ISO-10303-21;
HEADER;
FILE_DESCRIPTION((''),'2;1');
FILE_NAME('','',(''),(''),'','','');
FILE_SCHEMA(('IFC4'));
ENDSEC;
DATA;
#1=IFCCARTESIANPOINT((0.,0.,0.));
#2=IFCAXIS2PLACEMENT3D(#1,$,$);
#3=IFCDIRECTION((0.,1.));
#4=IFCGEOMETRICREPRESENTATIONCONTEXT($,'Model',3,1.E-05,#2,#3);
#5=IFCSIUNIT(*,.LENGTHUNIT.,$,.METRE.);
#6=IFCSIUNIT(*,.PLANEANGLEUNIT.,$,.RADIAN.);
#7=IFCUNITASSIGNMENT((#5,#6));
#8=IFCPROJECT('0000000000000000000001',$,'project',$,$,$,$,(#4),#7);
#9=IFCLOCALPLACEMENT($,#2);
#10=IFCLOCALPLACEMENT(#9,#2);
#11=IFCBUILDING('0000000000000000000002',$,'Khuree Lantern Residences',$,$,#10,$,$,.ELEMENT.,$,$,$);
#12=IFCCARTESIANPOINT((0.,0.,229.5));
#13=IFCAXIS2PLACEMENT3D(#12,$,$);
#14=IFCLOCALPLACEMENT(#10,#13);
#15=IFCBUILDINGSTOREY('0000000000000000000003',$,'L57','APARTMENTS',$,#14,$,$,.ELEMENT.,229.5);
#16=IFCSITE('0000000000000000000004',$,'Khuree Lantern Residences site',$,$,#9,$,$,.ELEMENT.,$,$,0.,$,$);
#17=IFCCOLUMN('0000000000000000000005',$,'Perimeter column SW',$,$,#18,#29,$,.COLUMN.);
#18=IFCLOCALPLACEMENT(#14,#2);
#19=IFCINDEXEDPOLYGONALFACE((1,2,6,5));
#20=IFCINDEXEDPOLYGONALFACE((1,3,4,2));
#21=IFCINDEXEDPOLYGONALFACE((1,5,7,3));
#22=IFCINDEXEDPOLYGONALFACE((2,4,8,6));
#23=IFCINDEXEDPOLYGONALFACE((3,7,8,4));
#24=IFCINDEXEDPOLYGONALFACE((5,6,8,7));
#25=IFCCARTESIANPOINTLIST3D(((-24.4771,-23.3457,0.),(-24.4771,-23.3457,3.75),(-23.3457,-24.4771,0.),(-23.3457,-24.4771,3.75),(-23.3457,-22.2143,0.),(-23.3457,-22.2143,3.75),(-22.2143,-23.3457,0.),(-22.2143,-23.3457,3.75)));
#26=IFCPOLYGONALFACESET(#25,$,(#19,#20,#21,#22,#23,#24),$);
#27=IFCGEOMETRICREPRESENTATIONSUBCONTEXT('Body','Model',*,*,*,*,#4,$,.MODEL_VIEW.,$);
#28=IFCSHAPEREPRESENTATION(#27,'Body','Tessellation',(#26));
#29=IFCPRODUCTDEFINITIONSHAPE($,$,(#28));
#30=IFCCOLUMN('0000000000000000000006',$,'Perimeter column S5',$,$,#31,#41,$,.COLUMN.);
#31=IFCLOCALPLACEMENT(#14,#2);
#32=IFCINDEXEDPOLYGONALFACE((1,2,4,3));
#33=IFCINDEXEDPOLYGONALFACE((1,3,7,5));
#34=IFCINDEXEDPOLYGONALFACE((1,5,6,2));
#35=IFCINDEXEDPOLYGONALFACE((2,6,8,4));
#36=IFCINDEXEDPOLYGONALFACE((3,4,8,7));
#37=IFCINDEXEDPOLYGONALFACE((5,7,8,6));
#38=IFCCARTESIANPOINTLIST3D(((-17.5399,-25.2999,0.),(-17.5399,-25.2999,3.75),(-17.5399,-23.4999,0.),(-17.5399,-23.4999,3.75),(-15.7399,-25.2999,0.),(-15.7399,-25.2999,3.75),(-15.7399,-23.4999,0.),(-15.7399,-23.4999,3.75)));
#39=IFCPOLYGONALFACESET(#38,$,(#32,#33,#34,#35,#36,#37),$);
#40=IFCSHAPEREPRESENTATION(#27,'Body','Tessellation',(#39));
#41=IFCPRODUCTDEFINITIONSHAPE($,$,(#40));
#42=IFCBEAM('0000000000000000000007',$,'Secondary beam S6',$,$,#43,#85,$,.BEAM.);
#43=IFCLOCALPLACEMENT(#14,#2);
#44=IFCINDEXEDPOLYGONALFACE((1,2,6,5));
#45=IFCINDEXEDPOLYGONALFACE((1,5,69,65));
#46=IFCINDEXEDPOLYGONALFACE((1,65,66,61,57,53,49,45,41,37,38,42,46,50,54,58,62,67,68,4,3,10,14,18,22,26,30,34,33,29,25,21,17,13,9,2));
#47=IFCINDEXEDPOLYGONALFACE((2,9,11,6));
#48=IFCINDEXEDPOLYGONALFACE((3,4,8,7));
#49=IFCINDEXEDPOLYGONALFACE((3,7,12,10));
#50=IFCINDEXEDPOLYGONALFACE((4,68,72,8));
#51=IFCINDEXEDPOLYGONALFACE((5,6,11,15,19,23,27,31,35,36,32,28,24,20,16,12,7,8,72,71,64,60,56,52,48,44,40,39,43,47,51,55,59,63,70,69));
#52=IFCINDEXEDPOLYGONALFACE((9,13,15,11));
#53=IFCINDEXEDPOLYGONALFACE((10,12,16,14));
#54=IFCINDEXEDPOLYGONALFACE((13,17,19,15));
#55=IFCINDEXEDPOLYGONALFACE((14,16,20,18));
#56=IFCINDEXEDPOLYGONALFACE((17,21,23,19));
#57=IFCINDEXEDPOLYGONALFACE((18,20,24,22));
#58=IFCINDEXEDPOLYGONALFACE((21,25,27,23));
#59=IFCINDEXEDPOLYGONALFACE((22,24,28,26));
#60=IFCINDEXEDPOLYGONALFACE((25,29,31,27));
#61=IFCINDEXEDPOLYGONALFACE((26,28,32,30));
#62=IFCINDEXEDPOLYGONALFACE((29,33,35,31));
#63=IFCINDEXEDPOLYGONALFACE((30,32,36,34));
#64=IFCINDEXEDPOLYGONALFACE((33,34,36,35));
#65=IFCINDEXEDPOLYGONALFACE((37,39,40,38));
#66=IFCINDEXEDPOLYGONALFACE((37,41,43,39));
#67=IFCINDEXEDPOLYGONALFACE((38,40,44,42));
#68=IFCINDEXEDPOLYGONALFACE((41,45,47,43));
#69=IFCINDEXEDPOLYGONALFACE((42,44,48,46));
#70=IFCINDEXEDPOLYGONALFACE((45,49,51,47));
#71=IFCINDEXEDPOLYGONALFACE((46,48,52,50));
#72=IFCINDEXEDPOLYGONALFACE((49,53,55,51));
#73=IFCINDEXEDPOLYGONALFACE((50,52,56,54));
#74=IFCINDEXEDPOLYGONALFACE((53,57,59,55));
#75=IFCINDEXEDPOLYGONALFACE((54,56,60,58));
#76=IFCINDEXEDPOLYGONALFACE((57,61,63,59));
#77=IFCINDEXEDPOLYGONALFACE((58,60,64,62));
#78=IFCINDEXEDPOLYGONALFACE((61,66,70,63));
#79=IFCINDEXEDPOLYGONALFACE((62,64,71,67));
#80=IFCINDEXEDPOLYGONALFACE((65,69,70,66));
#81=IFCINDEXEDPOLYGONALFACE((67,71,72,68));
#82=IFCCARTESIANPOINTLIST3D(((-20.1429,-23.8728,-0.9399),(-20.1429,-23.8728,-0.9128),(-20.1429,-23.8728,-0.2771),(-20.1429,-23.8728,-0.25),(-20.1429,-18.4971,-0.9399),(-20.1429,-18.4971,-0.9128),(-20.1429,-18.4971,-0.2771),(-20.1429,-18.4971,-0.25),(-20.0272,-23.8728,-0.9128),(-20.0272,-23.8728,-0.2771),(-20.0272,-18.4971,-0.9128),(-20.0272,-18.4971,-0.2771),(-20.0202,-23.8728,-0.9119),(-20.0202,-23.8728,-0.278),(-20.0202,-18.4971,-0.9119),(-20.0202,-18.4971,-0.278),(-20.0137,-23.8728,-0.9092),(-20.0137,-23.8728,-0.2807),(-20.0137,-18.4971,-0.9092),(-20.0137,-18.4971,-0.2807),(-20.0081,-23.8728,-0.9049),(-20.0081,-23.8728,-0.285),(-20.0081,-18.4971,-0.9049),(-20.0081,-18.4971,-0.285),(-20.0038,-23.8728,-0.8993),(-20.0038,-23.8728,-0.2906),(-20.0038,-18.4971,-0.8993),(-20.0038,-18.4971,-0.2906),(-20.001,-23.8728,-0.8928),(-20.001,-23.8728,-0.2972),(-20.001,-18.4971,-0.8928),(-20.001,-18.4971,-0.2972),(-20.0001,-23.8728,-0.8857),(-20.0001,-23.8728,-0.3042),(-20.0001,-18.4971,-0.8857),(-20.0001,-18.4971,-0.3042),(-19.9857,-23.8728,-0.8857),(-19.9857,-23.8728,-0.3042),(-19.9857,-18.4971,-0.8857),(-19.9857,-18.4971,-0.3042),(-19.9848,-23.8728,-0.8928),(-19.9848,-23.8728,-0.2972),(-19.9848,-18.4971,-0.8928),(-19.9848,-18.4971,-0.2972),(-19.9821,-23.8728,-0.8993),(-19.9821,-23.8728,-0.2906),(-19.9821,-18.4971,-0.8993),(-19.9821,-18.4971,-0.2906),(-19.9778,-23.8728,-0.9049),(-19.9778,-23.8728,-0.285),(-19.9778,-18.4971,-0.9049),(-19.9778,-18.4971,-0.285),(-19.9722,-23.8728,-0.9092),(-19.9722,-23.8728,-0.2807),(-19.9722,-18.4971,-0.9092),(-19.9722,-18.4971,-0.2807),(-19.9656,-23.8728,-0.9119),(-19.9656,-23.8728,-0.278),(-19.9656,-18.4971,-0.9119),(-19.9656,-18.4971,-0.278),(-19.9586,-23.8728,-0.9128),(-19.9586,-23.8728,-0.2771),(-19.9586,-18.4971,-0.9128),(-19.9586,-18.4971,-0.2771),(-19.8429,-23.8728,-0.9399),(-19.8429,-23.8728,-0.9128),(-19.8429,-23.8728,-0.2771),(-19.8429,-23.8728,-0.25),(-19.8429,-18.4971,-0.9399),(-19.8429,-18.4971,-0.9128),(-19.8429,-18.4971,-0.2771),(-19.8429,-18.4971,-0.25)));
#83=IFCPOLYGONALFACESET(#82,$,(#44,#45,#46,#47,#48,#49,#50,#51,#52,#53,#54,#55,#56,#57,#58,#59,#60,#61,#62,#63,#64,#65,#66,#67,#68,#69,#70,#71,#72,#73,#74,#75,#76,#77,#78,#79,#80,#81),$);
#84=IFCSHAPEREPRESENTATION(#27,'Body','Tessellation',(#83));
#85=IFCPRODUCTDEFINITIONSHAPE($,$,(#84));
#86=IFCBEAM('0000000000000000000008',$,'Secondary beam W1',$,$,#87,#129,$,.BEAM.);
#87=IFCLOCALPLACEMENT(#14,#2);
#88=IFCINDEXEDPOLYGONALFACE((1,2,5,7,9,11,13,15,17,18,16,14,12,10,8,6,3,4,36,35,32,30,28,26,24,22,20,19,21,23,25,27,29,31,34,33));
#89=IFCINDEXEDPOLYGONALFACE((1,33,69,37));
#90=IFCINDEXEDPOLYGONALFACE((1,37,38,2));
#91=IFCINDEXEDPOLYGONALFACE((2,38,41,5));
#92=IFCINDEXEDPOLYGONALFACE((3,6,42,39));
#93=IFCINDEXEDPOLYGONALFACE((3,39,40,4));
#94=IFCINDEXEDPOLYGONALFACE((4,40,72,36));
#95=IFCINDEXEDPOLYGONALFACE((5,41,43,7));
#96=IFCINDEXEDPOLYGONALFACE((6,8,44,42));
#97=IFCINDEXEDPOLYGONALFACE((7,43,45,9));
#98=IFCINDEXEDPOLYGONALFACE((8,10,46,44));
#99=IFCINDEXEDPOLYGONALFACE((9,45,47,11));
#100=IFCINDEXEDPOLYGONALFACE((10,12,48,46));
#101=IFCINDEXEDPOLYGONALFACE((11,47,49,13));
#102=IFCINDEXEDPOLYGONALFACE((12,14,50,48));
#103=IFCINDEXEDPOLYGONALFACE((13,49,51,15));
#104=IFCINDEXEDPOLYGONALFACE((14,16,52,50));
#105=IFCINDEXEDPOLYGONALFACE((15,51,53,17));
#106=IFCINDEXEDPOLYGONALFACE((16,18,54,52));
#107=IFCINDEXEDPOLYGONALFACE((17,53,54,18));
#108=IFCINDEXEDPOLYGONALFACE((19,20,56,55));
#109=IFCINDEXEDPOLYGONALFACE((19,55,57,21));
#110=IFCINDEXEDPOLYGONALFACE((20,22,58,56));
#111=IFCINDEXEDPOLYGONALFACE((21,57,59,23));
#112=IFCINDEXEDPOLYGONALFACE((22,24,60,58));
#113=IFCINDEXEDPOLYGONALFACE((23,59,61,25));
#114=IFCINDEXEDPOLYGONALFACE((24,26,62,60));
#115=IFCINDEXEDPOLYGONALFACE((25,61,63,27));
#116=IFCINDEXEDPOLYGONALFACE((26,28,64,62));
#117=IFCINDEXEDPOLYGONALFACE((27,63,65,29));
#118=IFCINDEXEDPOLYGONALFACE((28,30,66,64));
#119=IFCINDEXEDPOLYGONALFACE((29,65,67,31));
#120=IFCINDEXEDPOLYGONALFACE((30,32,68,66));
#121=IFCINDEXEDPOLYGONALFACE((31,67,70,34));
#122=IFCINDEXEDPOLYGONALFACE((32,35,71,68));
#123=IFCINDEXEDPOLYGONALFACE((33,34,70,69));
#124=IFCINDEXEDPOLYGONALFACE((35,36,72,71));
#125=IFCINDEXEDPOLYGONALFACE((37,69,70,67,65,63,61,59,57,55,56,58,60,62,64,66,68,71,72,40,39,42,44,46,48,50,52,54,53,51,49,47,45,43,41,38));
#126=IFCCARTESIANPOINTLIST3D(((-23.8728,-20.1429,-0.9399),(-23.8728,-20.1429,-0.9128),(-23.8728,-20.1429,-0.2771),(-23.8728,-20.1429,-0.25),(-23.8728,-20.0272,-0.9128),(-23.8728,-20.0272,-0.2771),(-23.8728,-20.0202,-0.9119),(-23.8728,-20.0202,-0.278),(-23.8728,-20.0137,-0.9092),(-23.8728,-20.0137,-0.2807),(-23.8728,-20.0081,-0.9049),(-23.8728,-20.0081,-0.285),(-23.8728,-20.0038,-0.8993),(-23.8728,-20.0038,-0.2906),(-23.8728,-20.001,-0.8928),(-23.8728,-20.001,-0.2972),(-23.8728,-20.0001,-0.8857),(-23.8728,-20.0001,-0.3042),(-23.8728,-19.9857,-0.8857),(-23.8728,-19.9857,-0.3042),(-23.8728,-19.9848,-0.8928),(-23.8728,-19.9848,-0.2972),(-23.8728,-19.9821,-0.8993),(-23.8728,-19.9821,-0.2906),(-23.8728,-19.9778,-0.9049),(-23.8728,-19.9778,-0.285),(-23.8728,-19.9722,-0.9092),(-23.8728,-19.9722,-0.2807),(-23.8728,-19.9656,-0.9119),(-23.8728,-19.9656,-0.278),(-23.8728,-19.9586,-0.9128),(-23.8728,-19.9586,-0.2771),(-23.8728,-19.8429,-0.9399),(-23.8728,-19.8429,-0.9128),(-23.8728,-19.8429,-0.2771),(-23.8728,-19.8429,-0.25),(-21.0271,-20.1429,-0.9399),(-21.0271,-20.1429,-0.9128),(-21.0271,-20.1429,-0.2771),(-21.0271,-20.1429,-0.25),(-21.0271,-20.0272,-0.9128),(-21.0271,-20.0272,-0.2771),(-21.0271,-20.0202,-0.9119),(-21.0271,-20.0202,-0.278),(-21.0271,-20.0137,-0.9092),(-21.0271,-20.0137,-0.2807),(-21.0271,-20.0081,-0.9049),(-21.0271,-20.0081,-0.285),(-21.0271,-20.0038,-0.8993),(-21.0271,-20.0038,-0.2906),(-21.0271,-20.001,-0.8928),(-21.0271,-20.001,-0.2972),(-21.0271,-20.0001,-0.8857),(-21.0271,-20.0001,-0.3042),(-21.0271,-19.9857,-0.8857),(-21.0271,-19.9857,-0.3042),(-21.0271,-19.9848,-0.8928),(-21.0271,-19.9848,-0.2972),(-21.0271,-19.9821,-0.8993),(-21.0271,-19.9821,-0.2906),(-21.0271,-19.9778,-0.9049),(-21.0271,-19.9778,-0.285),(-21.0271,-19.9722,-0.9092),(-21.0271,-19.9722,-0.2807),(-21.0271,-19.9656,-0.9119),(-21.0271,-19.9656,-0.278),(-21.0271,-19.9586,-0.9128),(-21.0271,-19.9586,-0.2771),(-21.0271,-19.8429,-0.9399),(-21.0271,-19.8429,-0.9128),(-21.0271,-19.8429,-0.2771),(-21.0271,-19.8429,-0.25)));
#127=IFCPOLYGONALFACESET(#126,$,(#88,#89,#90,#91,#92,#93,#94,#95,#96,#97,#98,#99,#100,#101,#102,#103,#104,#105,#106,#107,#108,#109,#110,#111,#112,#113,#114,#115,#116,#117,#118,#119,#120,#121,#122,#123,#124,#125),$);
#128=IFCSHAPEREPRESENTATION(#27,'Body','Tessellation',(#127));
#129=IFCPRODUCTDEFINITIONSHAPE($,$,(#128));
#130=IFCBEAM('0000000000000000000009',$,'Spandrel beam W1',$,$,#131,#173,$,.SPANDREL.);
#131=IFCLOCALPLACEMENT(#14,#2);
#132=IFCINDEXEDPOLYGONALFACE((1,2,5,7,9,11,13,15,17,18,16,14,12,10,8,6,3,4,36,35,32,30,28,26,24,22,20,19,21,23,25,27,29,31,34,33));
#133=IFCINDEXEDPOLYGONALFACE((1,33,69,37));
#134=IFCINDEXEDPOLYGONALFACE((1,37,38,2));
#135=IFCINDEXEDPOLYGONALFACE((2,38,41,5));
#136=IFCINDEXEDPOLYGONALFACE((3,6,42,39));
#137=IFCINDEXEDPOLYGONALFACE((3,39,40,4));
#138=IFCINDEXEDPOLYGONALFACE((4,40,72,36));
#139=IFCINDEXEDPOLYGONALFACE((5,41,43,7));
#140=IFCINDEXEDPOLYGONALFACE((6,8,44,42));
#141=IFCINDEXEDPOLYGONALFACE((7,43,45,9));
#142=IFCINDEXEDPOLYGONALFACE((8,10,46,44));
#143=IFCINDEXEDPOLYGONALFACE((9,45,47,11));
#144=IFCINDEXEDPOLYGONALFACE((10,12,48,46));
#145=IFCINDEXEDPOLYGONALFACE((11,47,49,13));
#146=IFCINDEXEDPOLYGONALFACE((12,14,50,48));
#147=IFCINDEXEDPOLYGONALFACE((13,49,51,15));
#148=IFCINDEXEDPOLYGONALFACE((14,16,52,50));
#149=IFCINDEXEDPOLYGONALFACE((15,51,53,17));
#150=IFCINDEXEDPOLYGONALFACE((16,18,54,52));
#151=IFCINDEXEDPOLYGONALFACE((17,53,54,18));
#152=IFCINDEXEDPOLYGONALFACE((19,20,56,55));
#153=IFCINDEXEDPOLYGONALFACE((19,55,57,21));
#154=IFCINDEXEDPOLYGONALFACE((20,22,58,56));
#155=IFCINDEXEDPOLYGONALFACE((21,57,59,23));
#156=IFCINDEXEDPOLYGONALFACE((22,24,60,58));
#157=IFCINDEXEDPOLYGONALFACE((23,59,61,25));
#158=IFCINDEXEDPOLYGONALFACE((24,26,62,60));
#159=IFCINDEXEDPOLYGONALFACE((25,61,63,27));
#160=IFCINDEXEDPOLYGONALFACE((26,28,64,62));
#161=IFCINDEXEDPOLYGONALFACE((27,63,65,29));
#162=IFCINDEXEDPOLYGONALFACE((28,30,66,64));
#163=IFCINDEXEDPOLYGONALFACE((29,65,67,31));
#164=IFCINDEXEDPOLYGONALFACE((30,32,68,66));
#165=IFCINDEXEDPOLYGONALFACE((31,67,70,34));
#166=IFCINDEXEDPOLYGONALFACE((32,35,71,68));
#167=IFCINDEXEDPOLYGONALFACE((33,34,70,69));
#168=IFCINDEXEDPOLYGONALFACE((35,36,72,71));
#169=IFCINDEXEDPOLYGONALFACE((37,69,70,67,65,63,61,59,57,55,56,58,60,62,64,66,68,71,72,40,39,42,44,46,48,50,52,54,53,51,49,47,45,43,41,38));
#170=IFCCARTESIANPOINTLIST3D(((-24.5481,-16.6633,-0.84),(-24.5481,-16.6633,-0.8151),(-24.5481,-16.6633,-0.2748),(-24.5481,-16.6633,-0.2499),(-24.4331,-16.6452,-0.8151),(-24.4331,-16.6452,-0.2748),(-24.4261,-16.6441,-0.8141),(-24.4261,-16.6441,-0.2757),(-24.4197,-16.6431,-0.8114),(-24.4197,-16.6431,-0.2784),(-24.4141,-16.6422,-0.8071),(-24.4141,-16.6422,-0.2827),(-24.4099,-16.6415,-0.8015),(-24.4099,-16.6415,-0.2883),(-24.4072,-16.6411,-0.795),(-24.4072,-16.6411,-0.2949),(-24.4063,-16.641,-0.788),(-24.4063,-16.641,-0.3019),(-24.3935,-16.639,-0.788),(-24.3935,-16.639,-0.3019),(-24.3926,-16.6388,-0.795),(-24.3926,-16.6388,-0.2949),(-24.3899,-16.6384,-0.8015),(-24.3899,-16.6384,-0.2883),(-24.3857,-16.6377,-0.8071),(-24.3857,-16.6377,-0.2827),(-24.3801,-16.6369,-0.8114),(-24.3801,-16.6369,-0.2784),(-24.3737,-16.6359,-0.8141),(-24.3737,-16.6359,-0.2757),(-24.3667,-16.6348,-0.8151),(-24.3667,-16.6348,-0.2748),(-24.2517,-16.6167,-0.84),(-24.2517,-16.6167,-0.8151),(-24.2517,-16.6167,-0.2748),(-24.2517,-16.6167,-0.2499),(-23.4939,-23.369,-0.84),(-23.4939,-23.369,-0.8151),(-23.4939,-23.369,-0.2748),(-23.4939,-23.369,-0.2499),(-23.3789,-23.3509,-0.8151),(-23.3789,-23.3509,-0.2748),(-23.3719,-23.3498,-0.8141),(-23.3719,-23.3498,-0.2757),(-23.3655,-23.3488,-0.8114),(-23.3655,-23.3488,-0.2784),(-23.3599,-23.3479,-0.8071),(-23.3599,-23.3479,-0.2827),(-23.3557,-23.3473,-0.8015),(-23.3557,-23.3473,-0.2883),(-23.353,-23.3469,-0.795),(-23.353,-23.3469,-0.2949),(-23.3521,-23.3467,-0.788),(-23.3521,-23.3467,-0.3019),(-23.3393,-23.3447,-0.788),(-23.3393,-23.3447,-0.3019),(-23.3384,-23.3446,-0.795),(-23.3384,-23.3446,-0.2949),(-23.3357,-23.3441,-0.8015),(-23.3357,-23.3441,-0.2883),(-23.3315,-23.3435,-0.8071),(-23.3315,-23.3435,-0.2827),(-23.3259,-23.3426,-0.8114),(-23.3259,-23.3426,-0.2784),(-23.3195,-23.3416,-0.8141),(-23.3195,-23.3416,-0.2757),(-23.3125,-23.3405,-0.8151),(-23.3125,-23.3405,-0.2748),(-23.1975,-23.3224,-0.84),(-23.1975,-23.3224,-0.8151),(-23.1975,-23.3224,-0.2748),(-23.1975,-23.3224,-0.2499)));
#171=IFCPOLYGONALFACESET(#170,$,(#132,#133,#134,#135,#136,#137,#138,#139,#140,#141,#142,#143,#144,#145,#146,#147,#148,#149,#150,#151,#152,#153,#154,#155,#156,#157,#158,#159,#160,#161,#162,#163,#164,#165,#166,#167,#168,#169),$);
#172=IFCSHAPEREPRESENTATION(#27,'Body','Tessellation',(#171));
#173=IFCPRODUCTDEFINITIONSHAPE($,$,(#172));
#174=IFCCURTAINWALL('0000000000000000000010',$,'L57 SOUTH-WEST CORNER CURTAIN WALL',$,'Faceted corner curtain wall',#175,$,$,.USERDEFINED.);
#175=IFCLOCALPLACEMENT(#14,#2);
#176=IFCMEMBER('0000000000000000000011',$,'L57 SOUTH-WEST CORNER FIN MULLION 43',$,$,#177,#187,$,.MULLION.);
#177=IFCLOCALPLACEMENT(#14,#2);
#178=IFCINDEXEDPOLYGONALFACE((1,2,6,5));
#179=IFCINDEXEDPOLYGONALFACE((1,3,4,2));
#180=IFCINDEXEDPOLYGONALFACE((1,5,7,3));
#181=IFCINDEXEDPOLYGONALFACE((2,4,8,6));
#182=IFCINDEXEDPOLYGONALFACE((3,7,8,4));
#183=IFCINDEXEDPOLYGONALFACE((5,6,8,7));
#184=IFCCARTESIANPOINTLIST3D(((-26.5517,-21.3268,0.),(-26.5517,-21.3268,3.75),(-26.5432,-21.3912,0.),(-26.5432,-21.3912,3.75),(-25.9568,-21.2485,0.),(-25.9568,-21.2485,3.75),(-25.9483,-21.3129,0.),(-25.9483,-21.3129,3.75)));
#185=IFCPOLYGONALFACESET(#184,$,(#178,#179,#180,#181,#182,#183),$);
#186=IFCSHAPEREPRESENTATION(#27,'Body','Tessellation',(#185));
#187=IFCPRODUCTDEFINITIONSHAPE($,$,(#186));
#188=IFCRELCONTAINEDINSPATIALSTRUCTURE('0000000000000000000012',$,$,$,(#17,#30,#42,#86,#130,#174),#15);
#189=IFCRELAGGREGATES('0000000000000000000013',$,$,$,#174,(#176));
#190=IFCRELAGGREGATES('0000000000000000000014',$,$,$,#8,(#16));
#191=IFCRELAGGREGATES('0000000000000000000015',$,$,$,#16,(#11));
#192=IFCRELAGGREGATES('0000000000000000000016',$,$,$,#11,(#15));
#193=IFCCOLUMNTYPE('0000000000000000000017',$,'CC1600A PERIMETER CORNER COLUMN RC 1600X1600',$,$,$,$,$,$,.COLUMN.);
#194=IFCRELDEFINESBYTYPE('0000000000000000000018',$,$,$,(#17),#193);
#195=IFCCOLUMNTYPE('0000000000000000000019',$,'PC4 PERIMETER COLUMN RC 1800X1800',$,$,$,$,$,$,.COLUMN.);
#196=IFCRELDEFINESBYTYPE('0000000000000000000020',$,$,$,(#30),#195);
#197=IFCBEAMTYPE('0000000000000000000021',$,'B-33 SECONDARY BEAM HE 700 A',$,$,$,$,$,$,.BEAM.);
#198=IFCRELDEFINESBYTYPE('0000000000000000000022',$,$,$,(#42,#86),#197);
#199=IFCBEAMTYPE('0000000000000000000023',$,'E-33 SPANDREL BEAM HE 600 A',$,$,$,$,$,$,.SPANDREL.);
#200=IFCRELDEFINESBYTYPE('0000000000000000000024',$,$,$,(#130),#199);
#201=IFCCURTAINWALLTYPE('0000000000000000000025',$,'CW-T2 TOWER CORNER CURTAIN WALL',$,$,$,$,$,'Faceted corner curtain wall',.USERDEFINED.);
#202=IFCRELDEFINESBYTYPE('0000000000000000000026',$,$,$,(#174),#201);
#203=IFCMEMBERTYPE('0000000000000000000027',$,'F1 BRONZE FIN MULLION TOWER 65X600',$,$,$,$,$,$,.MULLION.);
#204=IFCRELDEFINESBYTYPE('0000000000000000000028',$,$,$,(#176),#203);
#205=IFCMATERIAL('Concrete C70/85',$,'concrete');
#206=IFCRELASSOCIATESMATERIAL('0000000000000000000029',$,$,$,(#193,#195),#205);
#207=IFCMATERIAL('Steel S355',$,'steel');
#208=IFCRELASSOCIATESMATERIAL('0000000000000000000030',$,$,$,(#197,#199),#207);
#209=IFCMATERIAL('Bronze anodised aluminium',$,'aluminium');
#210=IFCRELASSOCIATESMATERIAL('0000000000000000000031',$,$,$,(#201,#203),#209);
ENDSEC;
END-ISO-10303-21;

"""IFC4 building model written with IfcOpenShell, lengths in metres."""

from ifc_helpers import new_model, si_unit, direction, frame, origin, origin_2d, place, context, subcontext, project, spatial, rectangle, i_section, extrude, material, material_profile, profile_set, type_object, element, aggregate, save


model = new_model("IFC4")

# Units and contexts
model_context = context("Model", 3, precision=1e-05, world=origin(), true_north=direction((0.0, 1.0)))
body_context = subcontext(model_context, "Body", "Model", "MODEL_VIEW")
ifc_project = project(units=[si_unit("LENGTHUNIT", "METRE"), si_unit("PLANEANGLEUNIT", "RADIAN")], contexts=[model_context])

# Site, building, storey
site_placement = place(None, origin())
site = spatial("IfcSite", under=ifc_project, at=site_placement, Name="Khuree Lantern Residences site", CompositionType="ELEMENT", RefElevation=0.0)
building_placement = place(site_placement, origin())
building = spatial("IfcBuilding", under=site, at=building_placement, Name="Khuree Lantern Residences", CompositionType="ELEMENT")
storey_placement = place(building_placement, frame((0.0, 0.0, 229.5)))
storey = spatial("IfcBuildingStorey", under=building, at=storey_placement, Name="L57", Description="APARTMENTS", CompositionType="ELEMENT", Elevation=229.5)

# Columns
ifc_material_1 = material(Name="Concrete C70/85", Category="concrete")
ifc_material_profile_1 = material_profile(ifc_material_1, rectangle(XDim=1.6001, YDim=1.6001, at=origin_2d()), Name="RC 1600X1600")
ifc_profile_set_1 = profile_set([ifc_material_profile_1], Name="Concrete C70/85")
column_type_1 = type_object("IfcColumnType", Name="CC1600A PERIMETER CORNER COLUMN RC 1600X1600", PredefinedType="COLUMN", material=ifc_profile_set_1)
column_1_placement = place(storey_placement, frame((-23.3457, -23.3457, 0.0), z_axis=(0.0, 0.0, 1.0), x_axis=(0.707107, -0.707107, 0.0)))
element("IfcColumn", 1, at=column_1_placement, inside=storey, type_object=column_type_1, Name="Perimeter column SW", PredefinedType="COLUMN", context=body_context, shape_type="SweptSolid", body=[
    extrude(rectangle(XDim=1.6001, YDim=1.6001, at=origin_2d()), origin(), (0.0, 0.0, 1.0), 3.75),
])
ifc_material_profile_2 = material_profile(ifc_material_1, rectangle(XDim=1.8, YDim=1.8, at=origin_2d()), Name="RC 1800X1800")
ifc_profile_set_2 = profile_set([ifc_material_profile_2], Name="Concrete C70/85")
column_type_2 = type_object("IfcColumnType", Name="PC4 PERIMETER COLUMN RC 1800X1800", PredefinedType="COLUMN", material=ifc_profile_set_2)
column_2_placement = place(storey_placement, frame((-16.6399, -24.3999, 0.0), z_axis=(0.0, 0.0, 1.0), x_axis=(1.0, 0.0, 0.0)))
element("IfcColumn", 2, at=column_2_placement, inside=storey, type_object=column_type_2, Name="Perimeter column S5", PredefinedType="COLUMN", context=body_context, shape_type="SweptSolid", body=[
    extrude(rectangle(XDim=1.8, YDim=1.8, at=origin_2d()), origin(), (0.0, 0.0, 1.0), 3.75),
])

# Beams
ifc_material_2 = material(Name="Steel S355", Category="steel")
ifc_material_profile_3 = material_profile(ifc_material_2, i_section(OverallWidth=0.3, OverallDepth=0.6899, WebThickness=0.0144, FlangeThickness=0.0271, FilletRadius=0.0271, at=origin_2d()), Name="HE 700 A")
ifc_profile_set_3 = profile_set([ifc_material_profile_3], Name="Steel S355")
beam_type_1 = type_object("IfcBeamType", Name="B-33 SECONDARY BEAM HE 700 A", PredefinedType="BEAM", material=ifc_profile_set_3)
beam_1_placement = place(storey_placement, frame((-19.9929, -23.8728, -0.595), z_axis=(0.0, 1.0, 0.0), x_axis=(-1.0, 0.0, 0.0)))
element("IfcBeam", 3, at=beam_1_placement, inside=storey, type_object=beam_type_1, Name="Secondary beam S6", PredefinedType="BEAM", context=body_context, shape_type="SweptSolid", body=[
    extrude(i_section(OverallWidth=0.3, OverallDepth=0.6899, WebThickness=0.0144, FlangeThickness=0.0271, FilletRadius=0.0271, at=origin_2d()), origin(), (0.0, 0.0, 1.0), 5.3757),
])
beam_2_placement = place(storey_placement, frame((-23.8728, -19.9929, -0.595), z_axis=(1.0, 0.0, 0.0), x_axis=(0.0, 1.0, 0.0)))
element("IfcBeam", 4, at=beam_2_placement, inside=storey, type_object=beam_type_1, Name="Secondary beam W1", PredefinedType="BEAM", context=body_context, shape_type="SweptSolid", body=[
    extrude(i_section(OverallWidth=0.3, OverallDepth=0.6899, WebThickness=0.0144, FlangeThickness=0.0271, FilletRadius=0.0271, at=origin_2d()), origin(), (0.0, 0.0, 1.0), 2.8457),
])
ifc_material_profile_4 = material_profile(ifc_material_2, i_section(OverallWidth=0.3, OverallDepth=0.5901, WebThickness=0.0129, FlangeThickness=0.0249, FilletRadius=0.0271, at=origin_2d()), Name="HE 600 A")
ifc_profile_set_4 = profile_set([ifc_material_profile_4], Name="Steel S355")
beam_type_2 = type_object("IfcBeamType", Name="E-33 SPANDREL BEAM HE 600 A", PredefinedType="SPANDREL", material=ifc_profile_set_4)
beam_3_placement = place(storey_placement, frame((-23.3457, -23.3457, -0.5449), z_axis=(-0.1553, 0.987867, 0.0), x_axis=(-0.987867, -0.1553, 0.0)))
element("IfcBeam", 5, at=beam_3_placement, inside=storey, type_object=beam_type_2, Name="Spandrel beam W1", PredefinedType="SPANDREL", context=body_context, shape_type="SweptSolid", body=[
    extrude(i_section(OverallWidth=0.3, OverallDepth=0.5901, WebThickness=0.0129, FlangeThickness=0.0249, FilletRadius=0.0271, at=origin_2d()), origin(), (0.0, 0.0, 1.0), 6.7881),
])

# Curtain wall, member
ifc_material_3 = material(Name="Bronze anodised aluminium", Category="aluminium")
curtain_wall_type_1 = type_object("IfcCurtainWallType", Name="CW-T2 TOWER CORNER CURTAIN WALL", ElementType="Faceted corner curtain wall", PredefinedType="USERDEFINED", material=ifc_material_3)
curtain_wall_1_placement = place(storey_placement, origin())
curtain_wall_1 = element("IfcCurtainWall", 6, at=curtain_wall_1_placement, inside=storey, type_object=curtain_wall_type_1, Name="L57 SOUTH-WEST CORNER CURTAIN WALL", ObjectType="Faceted corner curtain wall", PredefinedType="USERDEFINED")
ifc_material_profile_5 = material_profile(ifc_material_3, rectangle(XDim=0.0649, YDim=0.6001, at=origin_2d()), Name="F1 65X600")
ifc_profile_set_5 = profile_set([ifc_material_profile_5], Name="Bronze anodised aluminium")
member_type_1 = type_object("IfcMemberType", Name="F1 BRONZE FIN MULLION TOWER 65X600", PredefinedType="MULLION", material=ifc_profile_set_5)
member_1_placement = place(storey_placement, frame((-26.25, -21.3198, 0.0), z_axis=(0.0, 0.0, 1.0), x_axis=(0.130526, -0.991445, 0.0)))
member_1 = element("IfcMember", 7, at=member_1_placement, type_object=member_type_1, Name="L57 SOUTH-WEST CORNER FIN MULLION 43", PredefinedType="MULLION", context=body_context, shape_type="SweptSolid", body=[
    extrude(rectangle(XDim=0.0649, YDim=0.6001, at=origin_2d()), origin(), (0.0, 0.0, 1.0), 3.75),
])

aggregate(curtain_wall_1, [member_1])

save(model, "model.ifc")
